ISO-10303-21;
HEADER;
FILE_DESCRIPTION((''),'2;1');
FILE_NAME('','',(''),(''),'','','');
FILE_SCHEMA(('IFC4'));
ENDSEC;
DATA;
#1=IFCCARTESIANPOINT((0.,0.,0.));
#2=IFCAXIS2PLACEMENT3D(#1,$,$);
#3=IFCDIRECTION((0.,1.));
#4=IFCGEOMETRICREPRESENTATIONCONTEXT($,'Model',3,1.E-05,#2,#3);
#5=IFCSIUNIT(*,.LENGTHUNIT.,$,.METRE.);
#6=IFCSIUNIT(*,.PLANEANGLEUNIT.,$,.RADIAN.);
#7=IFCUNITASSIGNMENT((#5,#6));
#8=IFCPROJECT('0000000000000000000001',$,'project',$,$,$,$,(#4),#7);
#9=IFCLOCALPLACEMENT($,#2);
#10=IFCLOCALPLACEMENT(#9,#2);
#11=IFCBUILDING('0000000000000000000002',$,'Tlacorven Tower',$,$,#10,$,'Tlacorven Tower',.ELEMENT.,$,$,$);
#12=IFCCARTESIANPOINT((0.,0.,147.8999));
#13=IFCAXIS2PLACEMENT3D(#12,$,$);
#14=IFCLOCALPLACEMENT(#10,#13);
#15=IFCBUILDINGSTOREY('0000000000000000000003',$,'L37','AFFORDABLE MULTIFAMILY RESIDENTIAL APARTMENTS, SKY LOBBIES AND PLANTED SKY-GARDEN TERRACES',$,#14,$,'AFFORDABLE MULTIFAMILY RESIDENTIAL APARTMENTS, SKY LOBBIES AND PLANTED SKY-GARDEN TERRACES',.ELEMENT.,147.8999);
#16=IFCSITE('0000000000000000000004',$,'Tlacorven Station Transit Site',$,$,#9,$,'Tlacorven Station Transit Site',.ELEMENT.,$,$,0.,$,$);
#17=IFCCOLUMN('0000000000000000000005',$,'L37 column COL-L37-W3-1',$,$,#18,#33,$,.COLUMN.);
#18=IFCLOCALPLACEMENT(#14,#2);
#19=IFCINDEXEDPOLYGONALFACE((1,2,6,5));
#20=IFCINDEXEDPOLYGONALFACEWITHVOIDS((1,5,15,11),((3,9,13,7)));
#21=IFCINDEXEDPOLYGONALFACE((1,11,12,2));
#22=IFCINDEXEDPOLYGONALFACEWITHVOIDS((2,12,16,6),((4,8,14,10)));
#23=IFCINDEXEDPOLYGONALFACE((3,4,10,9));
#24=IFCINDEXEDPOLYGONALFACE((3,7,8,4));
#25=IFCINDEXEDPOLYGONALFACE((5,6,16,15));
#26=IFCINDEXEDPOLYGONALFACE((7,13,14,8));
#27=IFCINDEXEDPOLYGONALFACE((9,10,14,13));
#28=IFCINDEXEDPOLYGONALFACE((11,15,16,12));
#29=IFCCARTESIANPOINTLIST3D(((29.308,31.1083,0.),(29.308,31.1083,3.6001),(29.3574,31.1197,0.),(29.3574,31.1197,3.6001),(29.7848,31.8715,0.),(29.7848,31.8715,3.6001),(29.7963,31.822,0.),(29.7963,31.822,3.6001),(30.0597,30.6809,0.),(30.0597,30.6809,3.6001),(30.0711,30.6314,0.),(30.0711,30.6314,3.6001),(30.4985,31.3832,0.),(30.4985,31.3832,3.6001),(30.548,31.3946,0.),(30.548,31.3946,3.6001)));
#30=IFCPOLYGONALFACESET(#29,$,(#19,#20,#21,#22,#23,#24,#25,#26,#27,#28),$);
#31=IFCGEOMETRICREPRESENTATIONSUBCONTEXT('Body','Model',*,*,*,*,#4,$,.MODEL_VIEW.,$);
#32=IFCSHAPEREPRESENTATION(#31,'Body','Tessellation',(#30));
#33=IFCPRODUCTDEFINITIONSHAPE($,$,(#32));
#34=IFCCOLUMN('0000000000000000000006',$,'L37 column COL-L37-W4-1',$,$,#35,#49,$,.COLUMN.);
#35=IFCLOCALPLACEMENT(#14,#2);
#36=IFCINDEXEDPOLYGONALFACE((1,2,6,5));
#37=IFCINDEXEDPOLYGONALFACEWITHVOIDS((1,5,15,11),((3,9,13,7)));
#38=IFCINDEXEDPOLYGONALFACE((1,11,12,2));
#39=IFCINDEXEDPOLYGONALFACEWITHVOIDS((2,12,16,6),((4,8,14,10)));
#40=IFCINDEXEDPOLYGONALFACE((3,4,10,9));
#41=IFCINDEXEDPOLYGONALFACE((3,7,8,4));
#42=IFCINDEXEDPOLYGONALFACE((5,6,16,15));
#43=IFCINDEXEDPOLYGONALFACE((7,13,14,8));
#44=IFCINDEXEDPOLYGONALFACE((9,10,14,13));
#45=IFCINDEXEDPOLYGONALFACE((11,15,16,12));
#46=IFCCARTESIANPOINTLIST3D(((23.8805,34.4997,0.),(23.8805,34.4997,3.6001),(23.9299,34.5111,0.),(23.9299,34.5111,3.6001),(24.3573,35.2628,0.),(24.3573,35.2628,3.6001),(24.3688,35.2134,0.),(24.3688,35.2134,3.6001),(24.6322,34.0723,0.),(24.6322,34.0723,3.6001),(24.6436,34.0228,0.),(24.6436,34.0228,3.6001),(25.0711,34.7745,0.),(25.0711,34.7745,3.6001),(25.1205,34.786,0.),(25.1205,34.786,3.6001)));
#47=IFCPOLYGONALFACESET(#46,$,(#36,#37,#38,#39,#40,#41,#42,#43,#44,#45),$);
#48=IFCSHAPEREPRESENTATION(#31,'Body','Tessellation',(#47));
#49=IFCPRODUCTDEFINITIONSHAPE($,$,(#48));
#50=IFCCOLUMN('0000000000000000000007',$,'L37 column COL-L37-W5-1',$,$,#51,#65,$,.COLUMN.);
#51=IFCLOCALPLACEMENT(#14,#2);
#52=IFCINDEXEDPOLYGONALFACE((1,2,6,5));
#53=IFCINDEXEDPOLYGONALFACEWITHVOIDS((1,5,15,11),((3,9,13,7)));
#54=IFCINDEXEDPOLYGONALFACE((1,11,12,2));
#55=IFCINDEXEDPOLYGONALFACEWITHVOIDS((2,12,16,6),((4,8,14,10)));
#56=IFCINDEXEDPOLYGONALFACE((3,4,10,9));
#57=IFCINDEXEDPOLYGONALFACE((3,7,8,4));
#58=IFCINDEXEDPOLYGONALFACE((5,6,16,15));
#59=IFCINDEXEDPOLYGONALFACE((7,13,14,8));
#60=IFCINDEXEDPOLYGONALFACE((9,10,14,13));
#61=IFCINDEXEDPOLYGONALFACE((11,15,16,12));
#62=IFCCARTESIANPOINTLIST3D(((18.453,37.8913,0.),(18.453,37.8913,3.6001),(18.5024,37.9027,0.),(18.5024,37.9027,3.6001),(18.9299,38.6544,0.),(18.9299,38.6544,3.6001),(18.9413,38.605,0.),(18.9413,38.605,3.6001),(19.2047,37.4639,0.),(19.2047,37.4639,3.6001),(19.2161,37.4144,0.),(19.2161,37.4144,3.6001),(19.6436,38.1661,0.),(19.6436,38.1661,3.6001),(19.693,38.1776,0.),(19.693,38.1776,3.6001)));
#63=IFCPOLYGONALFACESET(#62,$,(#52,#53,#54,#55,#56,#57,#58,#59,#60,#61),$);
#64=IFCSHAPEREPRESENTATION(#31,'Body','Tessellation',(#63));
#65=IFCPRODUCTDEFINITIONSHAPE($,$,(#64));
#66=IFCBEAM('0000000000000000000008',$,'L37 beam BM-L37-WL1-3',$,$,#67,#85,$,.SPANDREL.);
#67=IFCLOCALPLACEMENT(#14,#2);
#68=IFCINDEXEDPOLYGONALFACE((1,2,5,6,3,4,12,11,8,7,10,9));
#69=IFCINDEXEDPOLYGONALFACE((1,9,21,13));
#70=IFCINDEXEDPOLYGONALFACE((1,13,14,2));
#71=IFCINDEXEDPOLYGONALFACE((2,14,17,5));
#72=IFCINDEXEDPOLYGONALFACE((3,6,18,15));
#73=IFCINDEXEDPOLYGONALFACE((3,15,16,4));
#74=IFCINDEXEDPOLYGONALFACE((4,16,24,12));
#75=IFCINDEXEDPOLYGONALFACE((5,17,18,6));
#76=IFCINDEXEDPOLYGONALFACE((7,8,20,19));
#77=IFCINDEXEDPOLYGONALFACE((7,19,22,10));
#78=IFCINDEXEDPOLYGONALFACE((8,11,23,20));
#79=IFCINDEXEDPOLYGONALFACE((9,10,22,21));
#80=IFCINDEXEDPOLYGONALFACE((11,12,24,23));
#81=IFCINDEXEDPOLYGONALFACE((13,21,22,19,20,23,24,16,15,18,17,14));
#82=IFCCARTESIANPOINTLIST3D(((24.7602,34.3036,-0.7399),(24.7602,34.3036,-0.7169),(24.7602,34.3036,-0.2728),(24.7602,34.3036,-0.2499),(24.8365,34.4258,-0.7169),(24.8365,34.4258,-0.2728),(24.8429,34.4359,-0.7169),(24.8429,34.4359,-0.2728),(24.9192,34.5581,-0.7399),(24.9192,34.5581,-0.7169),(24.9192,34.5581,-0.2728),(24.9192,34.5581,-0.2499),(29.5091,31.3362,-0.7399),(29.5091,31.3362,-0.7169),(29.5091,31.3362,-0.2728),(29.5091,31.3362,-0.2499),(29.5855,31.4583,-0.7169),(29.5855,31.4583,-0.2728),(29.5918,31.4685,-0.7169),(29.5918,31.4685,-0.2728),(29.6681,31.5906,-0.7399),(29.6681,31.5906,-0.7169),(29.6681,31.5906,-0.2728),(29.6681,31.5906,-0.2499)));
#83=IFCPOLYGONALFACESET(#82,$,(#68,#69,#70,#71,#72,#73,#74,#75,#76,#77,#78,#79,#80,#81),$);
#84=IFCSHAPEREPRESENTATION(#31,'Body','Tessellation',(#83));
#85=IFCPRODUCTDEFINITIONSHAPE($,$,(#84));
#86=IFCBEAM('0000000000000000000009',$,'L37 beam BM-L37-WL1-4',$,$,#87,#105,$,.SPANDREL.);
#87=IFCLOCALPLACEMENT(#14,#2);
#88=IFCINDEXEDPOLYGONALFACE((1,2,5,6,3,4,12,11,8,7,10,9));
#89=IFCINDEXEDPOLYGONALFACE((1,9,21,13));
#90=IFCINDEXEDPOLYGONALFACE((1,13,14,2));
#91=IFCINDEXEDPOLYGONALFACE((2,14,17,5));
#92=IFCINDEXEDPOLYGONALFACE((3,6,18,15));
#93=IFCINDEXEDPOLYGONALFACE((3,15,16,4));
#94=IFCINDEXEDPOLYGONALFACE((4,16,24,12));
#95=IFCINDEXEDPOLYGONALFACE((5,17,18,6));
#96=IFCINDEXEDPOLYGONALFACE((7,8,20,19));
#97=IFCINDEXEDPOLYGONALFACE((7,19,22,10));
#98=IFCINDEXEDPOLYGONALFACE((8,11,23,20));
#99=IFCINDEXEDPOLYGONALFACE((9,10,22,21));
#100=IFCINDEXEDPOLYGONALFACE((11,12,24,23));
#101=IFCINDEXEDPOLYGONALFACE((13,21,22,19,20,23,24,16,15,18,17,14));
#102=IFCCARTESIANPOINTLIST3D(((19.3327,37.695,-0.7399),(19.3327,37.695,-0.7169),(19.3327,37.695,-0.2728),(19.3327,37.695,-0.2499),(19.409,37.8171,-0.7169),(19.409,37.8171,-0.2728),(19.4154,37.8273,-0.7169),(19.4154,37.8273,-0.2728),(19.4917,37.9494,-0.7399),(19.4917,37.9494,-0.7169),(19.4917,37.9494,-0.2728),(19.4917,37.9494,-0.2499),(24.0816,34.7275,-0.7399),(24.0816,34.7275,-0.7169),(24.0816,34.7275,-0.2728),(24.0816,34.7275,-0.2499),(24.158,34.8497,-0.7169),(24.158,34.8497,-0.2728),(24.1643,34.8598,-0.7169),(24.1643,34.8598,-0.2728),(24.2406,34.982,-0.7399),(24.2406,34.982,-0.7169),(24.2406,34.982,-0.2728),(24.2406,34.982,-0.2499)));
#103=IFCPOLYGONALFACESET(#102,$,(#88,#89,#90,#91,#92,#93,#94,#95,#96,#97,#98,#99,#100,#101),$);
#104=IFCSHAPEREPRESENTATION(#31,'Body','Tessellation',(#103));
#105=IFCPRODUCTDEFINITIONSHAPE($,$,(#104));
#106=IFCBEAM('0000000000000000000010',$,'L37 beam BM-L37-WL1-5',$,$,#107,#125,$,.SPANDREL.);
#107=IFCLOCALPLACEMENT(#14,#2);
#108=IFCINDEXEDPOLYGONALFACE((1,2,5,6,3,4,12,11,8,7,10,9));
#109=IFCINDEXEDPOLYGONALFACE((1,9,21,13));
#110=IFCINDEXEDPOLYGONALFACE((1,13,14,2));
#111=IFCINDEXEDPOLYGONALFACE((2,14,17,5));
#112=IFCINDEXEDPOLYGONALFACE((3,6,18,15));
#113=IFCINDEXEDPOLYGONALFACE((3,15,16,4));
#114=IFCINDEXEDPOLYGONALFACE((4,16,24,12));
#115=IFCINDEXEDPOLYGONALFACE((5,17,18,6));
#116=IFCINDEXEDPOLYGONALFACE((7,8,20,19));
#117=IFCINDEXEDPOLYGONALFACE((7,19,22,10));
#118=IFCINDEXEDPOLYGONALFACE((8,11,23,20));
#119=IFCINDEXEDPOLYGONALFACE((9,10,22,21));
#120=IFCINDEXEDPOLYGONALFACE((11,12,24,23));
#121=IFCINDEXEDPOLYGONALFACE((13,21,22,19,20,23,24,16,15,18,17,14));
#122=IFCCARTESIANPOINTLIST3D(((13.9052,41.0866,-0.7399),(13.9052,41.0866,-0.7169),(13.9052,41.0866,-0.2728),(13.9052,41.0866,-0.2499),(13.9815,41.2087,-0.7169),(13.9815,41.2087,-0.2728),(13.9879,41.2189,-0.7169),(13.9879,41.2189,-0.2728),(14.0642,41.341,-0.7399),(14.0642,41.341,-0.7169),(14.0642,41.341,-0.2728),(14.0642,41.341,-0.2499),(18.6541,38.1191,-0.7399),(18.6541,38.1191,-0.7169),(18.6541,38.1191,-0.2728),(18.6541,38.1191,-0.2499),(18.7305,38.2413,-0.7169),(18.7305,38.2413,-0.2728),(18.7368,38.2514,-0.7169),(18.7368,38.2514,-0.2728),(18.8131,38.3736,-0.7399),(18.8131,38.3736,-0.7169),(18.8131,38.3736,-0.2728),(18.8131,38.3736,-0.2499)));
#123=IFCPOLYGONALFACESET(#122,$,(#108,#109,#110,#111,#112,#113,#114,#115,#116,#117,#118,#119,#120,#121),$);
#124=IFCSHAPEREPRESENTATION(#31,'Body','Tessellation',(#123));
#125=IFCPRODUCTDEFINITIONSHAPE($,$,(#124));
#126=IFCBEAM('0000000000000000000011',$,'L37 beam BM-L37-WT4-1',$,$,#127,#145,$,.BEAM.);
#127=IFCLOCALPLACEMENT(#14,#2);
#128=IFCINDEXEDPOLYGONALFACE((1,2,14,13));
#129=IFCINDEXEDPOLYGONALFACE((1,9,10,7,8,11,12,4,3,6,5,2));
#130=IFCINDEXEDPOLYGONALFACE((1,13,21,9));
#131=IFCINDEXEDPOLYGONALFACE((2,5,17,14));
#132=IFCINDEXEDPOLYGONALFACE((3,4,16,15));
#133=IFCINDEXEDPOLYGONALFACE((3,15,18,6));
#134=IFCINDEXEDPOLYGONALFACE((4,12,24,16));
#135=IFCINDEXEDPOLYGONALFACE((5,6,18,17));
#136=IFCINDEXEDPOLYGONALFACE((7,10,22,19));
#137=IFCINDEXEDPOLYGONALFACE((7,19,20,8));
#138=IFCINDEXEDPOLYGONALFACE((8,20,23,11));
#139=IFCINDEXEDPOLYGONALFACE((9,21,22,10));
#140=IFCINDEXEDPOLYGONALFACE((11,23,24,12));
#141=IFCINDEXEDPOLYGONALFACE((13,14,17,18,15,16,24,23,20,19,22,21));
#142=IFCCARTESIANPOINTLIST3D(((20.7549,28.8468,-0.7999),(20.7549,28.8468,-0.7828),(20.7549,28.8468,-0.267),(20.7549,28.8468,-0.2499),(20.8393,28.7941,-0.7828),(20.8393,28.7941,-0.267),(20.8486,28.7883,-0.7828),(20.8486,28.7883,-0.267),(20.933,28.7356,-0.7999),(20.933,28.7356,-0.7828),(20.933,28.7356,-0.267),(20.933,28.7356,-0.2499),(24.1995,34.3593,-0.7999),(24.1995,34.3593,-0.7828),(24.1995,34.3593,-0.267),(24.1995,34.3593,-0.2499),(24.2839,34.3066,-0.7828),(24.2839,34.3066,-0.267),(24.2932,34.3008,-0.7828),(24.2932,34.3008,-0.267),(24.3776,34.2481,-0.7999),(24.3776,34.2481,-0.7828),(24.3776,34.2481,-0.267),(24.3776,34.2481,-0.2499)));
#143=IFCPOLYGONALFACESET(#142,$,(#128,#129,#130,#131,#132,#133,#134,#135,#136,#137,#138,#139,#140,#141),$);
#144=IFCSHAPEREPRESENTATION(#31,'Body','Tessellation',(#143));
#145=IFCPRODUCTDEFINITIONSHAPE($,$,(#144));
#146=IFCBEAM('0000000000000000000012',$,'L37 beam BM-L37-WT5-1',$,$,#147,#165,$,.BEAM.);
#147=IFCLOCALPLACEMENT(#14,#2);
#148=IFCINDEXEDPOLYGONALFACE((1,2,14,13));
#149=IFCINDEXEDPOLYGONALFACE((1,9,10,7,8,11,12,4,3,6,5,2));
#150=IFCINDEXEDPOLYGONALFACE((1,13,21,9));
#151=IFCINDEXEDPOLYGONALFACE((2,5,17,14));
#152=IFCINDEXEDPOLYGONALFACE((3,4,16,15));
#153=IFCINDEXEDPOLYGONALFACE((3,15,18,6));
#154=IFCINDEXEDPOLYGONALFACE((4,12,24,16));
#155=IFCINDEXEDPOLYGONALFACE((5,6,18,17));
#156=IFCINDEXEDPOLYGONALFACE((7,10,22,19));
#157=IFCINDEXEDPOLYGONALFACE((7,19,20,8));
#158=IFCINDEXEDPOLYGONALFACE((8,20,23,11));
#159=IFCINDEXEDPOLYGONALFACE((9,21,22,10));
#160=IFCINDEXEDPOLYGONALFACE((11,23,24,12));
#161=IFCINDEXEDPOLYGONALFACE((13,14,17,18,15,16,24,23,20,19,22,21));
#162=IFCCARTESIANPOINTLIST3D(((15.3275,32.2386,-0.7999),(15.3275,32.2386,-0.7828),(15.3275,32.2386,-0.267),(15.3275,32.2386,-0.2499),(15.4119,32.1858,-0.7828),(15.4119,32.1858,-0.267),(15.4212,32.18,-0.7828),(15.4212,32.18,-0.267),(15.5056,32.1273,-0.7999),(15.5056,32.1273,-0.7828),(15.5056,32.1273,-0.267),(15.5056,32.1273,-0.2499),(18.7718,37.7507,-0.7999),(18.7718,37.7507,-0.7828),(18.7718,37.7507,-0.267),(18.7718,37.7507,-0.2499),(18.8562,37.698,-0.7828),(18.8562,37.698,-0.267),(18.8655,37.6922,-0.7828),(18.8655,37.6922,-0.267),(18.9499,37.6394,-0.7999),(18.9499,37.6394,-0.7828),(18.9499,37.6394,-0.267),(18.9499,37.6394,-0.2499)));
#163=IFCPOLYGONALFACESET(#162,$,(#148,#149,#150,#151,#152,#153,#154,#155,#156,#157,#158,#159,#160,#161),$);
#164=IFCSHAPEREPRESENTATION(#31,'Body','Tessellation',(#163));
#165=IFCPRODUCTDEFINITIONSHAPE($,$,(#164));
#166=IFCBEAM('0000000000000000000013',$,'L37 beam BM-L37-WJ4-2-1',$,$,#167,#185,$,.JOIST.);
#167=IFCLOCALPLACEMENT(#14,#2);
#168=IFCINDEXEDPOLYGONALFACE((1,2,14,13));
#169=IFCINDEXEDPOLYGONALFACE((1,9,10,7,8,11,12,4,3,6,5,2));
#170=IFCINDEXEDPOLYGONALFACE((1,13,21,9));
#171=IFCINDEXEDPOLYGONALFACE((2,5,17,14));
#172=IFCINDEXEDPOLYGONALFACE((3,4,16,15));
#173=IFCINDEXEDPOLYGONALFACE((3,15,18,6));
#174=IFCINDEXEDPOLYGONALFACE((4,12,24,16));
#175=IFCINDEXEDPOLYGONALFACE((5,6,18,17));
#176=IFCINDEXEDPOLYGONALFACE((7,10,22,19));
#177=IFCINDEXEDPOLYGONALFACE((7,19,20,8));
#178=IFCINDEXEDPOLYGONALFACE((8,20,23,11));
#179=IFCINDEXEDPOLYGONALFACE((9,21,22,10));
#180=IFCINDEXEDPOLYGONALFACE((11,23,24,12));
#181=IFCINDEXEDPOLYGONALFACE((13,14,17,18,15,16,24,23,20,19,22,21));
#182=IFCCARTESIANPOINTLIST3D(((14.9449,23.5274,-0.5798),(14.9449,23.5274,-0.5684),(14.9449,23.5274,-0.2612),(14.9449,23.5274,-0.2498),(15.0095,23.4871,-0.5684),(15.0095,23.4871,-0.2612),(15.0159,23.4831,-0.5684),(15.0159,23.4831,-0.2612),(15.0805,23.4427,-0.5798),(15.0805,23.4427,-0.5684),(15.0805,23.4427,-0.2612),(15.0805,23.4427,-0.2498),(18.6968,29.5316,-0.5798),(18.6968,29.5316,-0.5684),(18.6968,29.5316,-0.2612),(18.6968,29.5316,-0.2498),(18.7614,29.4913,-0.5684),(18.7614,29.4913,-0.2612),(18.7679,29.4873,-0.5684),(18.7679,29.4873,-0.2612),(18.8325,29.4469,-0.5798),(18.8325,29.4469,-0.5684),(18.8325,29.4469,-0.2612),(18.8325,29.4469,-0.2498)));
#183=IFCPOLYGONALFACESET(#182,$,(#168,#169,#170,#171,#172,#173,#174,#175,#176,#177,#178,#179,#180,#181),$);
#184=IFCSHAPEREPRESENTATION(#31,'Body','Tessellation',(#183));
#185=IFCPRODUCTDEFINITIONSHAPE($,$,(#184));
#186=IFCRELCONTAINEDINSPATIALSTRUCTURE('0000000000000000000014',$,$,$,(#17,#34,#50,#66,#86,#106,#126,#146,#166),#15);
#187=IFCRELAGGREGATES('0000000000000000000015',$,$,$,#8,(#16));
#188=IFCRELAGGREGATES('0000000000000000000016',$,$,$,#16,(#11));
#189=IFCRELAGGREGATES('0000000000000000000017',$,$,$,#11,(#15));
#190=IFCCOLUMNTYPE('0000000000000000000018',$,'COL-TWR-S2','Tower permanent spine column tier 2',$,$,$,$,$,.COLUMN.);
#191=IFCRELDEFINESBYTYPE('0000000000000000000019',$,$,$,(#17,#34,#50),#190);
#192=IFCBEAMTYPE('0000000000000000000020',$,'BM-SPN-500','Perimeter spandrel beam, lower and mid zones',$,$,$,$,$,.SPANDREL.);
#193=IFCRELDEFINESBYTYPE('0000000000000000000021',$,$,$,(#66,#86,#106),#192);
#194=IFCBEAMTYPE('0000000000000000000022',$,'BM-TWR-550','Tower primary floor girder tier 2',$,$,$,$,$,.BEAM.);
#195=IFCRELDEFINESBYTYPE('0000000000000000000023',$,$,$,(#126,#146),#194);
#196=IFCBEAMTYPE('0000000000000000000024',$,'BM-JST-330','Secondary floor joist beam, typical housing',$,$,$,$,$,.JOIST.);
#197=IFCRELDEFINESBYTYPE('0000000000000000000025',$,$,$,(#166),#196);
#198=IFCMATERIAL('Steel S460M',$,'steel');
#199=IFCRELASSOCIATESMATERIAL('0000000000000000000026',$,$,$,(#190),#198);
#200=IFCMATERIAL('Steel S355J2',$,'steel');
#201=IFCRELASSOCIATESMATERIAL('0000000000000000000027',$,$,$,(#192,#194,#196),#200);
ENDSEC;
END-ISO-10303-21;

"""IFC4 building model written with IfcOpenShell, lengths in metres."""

from ifc_helpers import new_model, si_unit, direction, frame, origin, origin_2d, place, context, subcontext, project, spatial, hollow_rectangle, i_section, extrude, source, transform, mapped, material, material_profile, profile_set, type_object, element, save


model = new_model("IFC4")

# Units and contexts
model_context = context("Model", 3, precision=1e-05, world=origin(), true_north=direction((0.0, 1.0)))
body_context = subcontext(model_context, "Body", "Model", "MODEL_VIEW")
ifc_project = project(units=[si_unit("LENGTHUNIT", "METRE"), si_unit("PLANEANGLEUNIT", "RADIAN")], contexts=[model_context])

# Site, building, storey
site_placement = place(None, origin())
site = spatial("IfcSite", under=ifc_project, at=site_placement, Name="Tlacorven Station Transit Site", LongName="Tlacorven Station Transit Site", CompositionType="ELEMENT", RefElevation=0.0)
building_placement = place(site_placement, origin())
building = spatial("IfcBuilding", under=site, at=building_placement, Name="Tlacorven Tower", LongName="Tlacorven Tower", CompositionType="ELEMENT")
storey_placement = place(building_placement, frame((0.0, 0.0, 147.8999)))
storey = spatial("IfcBuildingStorey", under=building, at=storey_placement, Name="L37", Description="AFFORDABLE MULTIFAMILY RESIDENTIAL APARTMENTS, SKY LOBBIES AND PLANTED SKY-GARDEN TERRACES", LongName="AFFORDABLE MULTIFAMILY RESIDENTIAL APARTMENTS, SKY LOBBIES AND PLANTED SKY-GARDEN TERRACES", CompositionType="ELEMENT", Elevation=147.8999)

# Columns
ifc_material_1 = material(Name="Steel S460M", Category="steel")
ifc_material_profile_1 = material_profile(ifc_material_1, hollow_rectangle(XDim=0.8999, YDim=0.8999, WallThickness=0.0359, at=origin_2d()), Name="BOX 900X900X36")
ifc_profile_set_1 = profile_set([ifc_material_profile_1], Name="Steel S460M")
column_type = type_object("IfcColumnType", Name="COL-TWR-S2", Description="Tower permanent spine column tier 2", PredefinedType="COLUMN", material=ifc_profile_set_1)
shared_shape_1 = source(origin(), body_context, "Body", "SweptSolid", [
    extrude(hollow_rectangle(XDim=0.8999, YDim=0.8999, WallThickness=0.0359, at=origin_2d()), origin(), (0.0, 0.0, 1.0), 3.6001),
])
for number, where, z_axis, x_axis, name in (
    (1, (29.928, 31.2515, 0.0), (0.0, 0.0, 1.0), (-0.848048, 0.529919, 0.0), "L37 column COL-L37-W3-1"),
    (2, (24.5005, 34.6428, 0.0), (0.0, 0.0, 1.0), (-0.848048, 0.529919, 0.0), "L37 column COL-L37-W4-1"),
    (3, (19.073, 38.0344, 0.0), (0.0, 0.0, 1.0), (-0.848048, 0.529919, 0.0), "L37 column COL-L37-W5-1"),
):
    element("IfcColumn", number, at=place(storey_placement, frame(where, z_axis=z_axis, x_axis=x_axis)), inside=storey, type_object=column_type, Name=name, PredefinedType="COLUMN", context=body_context, shape_type="MappedRepresentation", body=[
        mapped(shared_shape_1, transform((0.0, 0.0, 0.0), scale=1.0)),
    ])

# Beams
ifc_material_2 = material(Name="Steel S355J2", Category="steel")
ifc_material_profile_2 = material_profile(ifc_material_2, i_section(OverallWidth=0.3, OverallDepth=0.49, WebThickness=0.012, FlangeThickness=0.0229, at=origin_2d()), Name="HEA 500")
ifc_profile_set_2 = profile_set([ifc_material_profile_2], Name="Steel S355J2")
beam_type_1 = type_object("IfcBeamType", Name="BM-SPN-500", Description="Perimeter spandrel beam, lower and mid zones", PredefinedType="SPANDREL", material=ifc_profile_set_2)
shared_shape_2 = source(origin(), body_context, "Body", "SweptSolid", [
    extrude(i_section(OverallWidth=0.3, OverallDepth=0.49, WebThickness=0.012, FlangeThickness=0.0229, at=origin_2d()), origin(), (0.0, 0.0, 1.0), 5.5999),
])
for number, where, z_axis, x_axis, name in (
    (4, (29.5886, 31.4634, -0.4949), (-0.848047, 0.529921, 0.0), (-0.529921, -0.848047, 0.0), "L37 beam BM-L37-WL1-3"),
    (5, (24.1611, 34.8547, -0.4949), (-0.848047, 0.529921, 0.0), (-0.529921, -0.848047, 0.0), "L37 beam BM-L37-WL1-4"),
    (6, (18.7336, 38.2463, -0.4949), (-0.848047, 0.529921, 0.0), (-0.529921, -0.848047, 0.0), "L37 beam BM-L37-WL1-5"),
):
    element("IfcBeam", number, at=place(storey_placement, frame(where, z_axis=z_axis, x_axis=x_axis)), inside=storey, type_object=beam_type_1, Name=name, PredefinedType="SPANDREL", context=body_context, shape_type="MappedRepresentation", body=[
        mapped(shared_shape_2, transform((0.0, 0.0, 0.0), scale=1.0)),
    ])
ifc_material_profile_3 = material_profile(ifc_material_2, i_section(OverallWidth=0.21, OverallDepth=0.55, WebThickness=0.011, FlangeThickness=0.0171, at=origin_2d()), Name="IPE 550")
ifc_profile_set_3 = profile_set([ifc_material_profile_3], Name="Steel S355J2")
beam_type_2 = type_object("IfcBeamType", Name="BM-TWR-550", Description="Tower primary floor girder tier 2", PredefinedType="BEAM", material=ifc_profile_set_3)
shared_shape_3 = source(origin(), body_context, "Body", "SweptSolid", [
    extrude(i_section(OverallWidth=0.21, OverallDepth=0.55, WebThickness=0.011, FlangeThickness=0.0171, at=origin_2d()), origin(), (0.0, 0.0, 1.0), 6.5002),
])
beam_1_placement = place(storey_placement, frame((24.2886, 34.3037, -0.5249), z_axis=(-0.529921, -0.848047, 0.0), x_axis=(0.848047, -0.529921, 0.0)))
element("IfcBeam", 7, at=beam_1_placement, inside=storey, type_object=beam_type_2, Name="L37 beam BM-L37-WT4-1", PredefinedType="BEAM", context=body_context, shape_type="MappedRepresentation", body=[
    mapped(shared_shape_3, transform((0.0, 0.0, 0.0), scale=1.0)),
])
shared_shape_4 = source(origin(), body_context, "Body", "SweptSolid", [
    extrude(i_section(OverallWidth=0.21, OverallDepth=0.55, WebThickness=0.011, FlangeThickness=0.0171, at=origin_2d()), origin(), (0.0, 0.0, 1.0), 6.4998),
])
beam_2_placement = place(storey_placement, frame((18.8608, 37.6951, -0.5249), z_axis=(-0.529911, -0.848053, 0.0), x_axis=(0.848053, -0.529911, 0.0)))
element("IfcBeam", 8, at=beam_2_placement, inside=storey, type_object=beam_type_2, Name="L37 beam BM-L37-WT5-1", PredefinedType="BEAM", context=body_context, shape_type="MappedRepresentation", body=[
    mapped(shared_shape_4, transform((0.0, 0.0, 0.0), scale=1.0)),
])
ifc_material_profile_4 = material_profile(ifc_material_2, i_section(OverallWidth=0.1599, OverallDepth=0.3301, WebThickness=0.0076, FlangeThickness=0.0115, at=origin_2d()), Name="IPE 330")
ifc_profile_set_4 = profile_set([ifc_material_profile_4], Name="Steel S355J2")
beam_type_3 = type_object("IfcBeamType", Name="BM-JST-330", Description="Secondary floor joist beam, typical housing", PredefinedType="JOIST", material=ifc_profile_set_4)
shared_shape_5 = source(origin(), body_context, "Body", "SweptSolid", [
    extrude(i_section(OverallWidth=0.1599, OverallDepth=0.3301, WebThickness=0.0076, FlangeThickness=0.0115, at=origin_2d()), origin(), (0.0, 0.0, 1.0), 7.0801),
])
beam_3_placement = place(storey_placement, frame((18.7646, 29.4893, -0.4148), z_axis=(-0.529934, -0.848039, 0.0), x_axis=(0.848039, -0.529934, 0.0)))
element("IfcBeam", 9, at=beam_3_placement, inside=storey, type_object=beam_type_3, Name="L37 beam BM-L37-WJ4-2-1", PredefinedType="JOIST", context=body_context, shape_type="MappedRepresentation", body=[
    mapped(shared_shape_5, transform((0.0, 0.0, 0.0), scale=1.0)),
])

save(model, "model.ifc")
